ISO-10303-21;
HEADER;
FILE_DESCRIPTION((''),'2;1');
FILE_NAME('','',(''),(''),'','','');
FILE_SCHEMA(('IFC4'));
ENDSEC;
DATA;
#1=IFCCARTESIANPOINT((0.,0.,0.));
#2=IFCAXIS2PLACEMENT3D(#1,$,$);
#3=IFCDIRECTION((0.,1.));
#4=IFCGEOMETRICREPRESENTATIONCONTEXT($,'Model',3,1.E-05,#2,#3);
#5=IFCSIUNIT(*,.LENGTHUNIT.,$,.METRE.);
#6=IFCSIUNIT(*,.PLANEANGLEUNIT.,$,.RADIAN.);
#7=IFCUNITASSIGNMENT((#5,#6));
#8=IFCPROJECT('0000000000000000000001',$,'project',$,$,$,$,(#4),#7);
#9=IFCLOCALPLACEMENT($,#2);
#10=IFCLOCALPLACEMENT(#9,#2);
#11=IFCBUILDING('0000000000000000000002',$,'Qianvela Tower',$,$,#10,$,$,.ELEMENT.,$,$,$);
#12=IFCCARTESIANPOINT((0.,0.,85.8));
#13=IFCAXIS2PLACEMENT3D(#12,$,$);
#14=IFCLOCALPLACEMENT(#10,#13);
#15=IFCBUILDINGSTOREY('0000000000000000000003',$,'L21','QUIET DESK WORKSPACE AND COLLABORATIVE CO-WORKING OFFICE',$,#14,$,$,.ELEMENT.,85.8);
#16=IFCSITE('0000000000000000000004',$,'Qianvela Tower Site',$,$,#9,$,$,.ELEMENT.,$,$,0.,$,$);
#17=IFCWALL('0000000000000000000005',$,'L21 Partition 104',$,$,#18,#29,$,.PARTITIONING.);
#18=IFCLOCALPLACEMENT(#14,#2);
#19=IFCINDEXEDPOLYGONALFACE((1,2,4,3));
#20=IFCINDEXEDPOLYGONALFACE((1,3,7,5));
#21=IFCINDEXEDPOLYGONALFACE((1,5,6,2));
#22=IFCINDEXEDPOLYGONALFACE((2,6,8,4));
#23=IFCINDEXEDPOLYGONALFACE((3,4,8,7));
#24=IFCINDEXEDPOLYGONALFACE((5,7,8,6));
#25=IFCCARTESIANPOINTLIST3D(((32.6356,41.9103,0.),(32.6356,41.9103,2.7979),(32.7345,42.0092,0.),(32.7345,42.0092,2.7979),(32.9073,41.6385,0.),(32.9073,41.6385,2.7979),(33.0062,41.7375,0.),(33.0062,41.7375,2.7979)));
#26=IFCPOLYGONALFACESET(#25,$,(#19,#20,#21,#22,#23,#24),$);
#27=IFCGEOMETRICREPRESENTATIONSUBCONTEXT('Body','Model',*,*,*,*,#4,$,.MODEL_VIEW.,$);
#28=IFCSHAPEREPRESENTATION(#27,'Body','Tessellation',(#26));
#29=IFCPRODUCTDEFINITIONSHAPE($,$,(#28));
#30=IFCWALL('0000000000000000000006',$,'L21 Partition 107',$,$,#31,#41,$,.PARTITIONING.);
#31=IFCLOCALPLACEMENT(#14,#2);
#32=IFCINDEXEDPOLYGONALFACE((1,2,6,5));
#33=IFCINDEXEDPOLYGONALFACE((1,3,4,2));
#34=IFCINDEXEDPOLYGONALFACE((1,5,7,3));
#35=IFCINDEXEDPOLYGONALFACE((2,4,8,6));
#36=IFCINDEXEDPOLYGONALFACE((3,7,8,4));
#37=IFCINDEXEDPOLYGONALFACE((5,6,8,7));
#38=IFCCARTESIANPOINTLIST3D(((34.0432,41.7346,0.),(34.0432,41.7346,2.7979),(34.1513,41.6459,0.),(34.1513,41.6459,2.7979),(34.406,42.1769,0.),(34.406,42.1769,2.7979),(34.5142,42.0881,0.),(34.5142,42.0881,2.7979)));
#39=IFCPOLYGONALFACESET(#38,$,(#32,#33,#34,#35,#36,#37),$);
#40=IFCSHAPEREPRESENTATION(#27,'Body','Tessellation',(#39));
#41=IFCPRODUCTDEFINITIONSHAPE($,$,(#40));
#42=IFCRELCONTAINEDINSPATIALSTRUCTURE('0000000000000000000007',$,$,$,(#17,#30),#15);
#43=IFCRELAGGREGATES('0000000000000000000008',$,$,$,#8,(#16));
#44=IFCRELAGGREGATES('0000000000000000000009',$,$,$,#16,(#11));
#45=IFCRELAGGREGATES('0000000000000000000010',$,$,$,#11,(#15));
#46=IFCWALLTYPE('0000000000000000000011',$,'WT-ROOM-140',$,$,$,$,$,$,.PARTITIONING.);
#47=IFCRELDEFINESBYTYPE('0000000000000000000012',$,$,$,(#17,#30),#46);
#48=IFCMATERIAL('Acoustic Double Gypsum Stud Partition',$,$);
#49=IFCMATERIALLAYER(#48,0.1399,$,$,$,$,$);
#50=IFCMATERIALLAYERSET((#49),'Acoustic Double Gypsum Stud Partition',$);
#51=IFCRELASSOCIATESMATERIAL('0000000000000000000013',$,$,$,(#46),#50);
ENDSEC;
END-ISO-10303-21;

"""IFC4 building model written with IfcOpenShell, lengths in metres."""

from ifc_helpers import new_model, si_unit, direction, frame, frame_2d, origin, place, context, subcontext, project, spatial, rectangle, extrude, material, layer, layer_set, type_object, element, save


model = new_model("IFC4")

# Units and contexts
model_context = context("Model", 3, precision=1e-05, world=origin(), true_north=direction((0.0, 1.0)))
body_context = subcontext(model_context, "Body", "Model", "MODEL_VIEW")
ifc_project = project(units=[si_unit("LENGTHUNIT", "METRE"), si_unit("PLANEANGLEUNIT", "RADIAN")], contexts=[model_context])

# Site, building, storey
site_placement = place(None, origin())
site = spatial("IfcSite", under=ifc_project, at=site_placement, Name="Qianvela Tower Site", CompositionType="ELEMENT", RefElevation=0.0)
building_placement = place(site_placement, origin())
building = spatial("IfcBuilding", under=site, at=building_placement, Name="Qianvela Tower", CompositionType="ELEMENT")
storey_placement = place(building_placement, frame((0.0, 0.0, 85.8)))
storey = spatial("IfcBuildingStorey", under=building, at=storey_placement, Name="L21", Description="QUIET DESK WORKSPACE AND COLLABORATIVE CO-WORKING OFFICE", CompositionType="ELEMENT", Elevation=85.8)

# Walls
ifc_material_1 = material(Name="Acoustic Double Gypsum Stud Partition")
ifc_layer_1 = layer(ifc_material_1, 0.1399)
ifc_layer_set_1 = layer_set([ifc_layer_1], Name="Acoustic Double Gypsum Stud Partition")
wall_type_1 = type_object("IfcWallType", Name="WT-ROOM-140", PredefinedType="PARTITIONING", material=ifc_layer_set_1)
wall_1_placement = place(storey_placement, frame((32.6851, 41.9597, 0.0), z_axis=(0.0, 0.0, 1.0), x_axis=(0.707107, -0.707107, 0.0)))
element("IfcWall", 1, at=wall_1_placement, inside=storey, type_object=wall_type_1, Name="L21 Partition 104", PredefinedType="PARTITIONING", context=body_context, shape_type="SweptSolid", body=[
    extrude(rectangle(XDim=0.3843, YDim=0.1399, at=frame_2d((0.1921, 0.0))), origin(), (0.0, 0.0, 1.0), 2.7979),
])
wall_2_placement = place(storey_placement, frame((34.0972, 41.6902, 0.0), z_axis=(0.0, 0.0, 1.0), x_axis=(0.63433, 0.773063, 0.0)))
element("IfcWall", 2, at=wall_2_placement, inside=storey, type_object=wall_type_1, Name="L21 Partition 107", PredefinedType="PARTITIONING", context=body_context, shape_type="SweptSolid", body=[
    extrude(rectangle(XDim=0.572, YDim=0.1399, at=frame_2d((0.2861, 0.0))), origin(), (0.0, 0.0, 1.0), 2.7979),
])

save(model, "model.ifc")
